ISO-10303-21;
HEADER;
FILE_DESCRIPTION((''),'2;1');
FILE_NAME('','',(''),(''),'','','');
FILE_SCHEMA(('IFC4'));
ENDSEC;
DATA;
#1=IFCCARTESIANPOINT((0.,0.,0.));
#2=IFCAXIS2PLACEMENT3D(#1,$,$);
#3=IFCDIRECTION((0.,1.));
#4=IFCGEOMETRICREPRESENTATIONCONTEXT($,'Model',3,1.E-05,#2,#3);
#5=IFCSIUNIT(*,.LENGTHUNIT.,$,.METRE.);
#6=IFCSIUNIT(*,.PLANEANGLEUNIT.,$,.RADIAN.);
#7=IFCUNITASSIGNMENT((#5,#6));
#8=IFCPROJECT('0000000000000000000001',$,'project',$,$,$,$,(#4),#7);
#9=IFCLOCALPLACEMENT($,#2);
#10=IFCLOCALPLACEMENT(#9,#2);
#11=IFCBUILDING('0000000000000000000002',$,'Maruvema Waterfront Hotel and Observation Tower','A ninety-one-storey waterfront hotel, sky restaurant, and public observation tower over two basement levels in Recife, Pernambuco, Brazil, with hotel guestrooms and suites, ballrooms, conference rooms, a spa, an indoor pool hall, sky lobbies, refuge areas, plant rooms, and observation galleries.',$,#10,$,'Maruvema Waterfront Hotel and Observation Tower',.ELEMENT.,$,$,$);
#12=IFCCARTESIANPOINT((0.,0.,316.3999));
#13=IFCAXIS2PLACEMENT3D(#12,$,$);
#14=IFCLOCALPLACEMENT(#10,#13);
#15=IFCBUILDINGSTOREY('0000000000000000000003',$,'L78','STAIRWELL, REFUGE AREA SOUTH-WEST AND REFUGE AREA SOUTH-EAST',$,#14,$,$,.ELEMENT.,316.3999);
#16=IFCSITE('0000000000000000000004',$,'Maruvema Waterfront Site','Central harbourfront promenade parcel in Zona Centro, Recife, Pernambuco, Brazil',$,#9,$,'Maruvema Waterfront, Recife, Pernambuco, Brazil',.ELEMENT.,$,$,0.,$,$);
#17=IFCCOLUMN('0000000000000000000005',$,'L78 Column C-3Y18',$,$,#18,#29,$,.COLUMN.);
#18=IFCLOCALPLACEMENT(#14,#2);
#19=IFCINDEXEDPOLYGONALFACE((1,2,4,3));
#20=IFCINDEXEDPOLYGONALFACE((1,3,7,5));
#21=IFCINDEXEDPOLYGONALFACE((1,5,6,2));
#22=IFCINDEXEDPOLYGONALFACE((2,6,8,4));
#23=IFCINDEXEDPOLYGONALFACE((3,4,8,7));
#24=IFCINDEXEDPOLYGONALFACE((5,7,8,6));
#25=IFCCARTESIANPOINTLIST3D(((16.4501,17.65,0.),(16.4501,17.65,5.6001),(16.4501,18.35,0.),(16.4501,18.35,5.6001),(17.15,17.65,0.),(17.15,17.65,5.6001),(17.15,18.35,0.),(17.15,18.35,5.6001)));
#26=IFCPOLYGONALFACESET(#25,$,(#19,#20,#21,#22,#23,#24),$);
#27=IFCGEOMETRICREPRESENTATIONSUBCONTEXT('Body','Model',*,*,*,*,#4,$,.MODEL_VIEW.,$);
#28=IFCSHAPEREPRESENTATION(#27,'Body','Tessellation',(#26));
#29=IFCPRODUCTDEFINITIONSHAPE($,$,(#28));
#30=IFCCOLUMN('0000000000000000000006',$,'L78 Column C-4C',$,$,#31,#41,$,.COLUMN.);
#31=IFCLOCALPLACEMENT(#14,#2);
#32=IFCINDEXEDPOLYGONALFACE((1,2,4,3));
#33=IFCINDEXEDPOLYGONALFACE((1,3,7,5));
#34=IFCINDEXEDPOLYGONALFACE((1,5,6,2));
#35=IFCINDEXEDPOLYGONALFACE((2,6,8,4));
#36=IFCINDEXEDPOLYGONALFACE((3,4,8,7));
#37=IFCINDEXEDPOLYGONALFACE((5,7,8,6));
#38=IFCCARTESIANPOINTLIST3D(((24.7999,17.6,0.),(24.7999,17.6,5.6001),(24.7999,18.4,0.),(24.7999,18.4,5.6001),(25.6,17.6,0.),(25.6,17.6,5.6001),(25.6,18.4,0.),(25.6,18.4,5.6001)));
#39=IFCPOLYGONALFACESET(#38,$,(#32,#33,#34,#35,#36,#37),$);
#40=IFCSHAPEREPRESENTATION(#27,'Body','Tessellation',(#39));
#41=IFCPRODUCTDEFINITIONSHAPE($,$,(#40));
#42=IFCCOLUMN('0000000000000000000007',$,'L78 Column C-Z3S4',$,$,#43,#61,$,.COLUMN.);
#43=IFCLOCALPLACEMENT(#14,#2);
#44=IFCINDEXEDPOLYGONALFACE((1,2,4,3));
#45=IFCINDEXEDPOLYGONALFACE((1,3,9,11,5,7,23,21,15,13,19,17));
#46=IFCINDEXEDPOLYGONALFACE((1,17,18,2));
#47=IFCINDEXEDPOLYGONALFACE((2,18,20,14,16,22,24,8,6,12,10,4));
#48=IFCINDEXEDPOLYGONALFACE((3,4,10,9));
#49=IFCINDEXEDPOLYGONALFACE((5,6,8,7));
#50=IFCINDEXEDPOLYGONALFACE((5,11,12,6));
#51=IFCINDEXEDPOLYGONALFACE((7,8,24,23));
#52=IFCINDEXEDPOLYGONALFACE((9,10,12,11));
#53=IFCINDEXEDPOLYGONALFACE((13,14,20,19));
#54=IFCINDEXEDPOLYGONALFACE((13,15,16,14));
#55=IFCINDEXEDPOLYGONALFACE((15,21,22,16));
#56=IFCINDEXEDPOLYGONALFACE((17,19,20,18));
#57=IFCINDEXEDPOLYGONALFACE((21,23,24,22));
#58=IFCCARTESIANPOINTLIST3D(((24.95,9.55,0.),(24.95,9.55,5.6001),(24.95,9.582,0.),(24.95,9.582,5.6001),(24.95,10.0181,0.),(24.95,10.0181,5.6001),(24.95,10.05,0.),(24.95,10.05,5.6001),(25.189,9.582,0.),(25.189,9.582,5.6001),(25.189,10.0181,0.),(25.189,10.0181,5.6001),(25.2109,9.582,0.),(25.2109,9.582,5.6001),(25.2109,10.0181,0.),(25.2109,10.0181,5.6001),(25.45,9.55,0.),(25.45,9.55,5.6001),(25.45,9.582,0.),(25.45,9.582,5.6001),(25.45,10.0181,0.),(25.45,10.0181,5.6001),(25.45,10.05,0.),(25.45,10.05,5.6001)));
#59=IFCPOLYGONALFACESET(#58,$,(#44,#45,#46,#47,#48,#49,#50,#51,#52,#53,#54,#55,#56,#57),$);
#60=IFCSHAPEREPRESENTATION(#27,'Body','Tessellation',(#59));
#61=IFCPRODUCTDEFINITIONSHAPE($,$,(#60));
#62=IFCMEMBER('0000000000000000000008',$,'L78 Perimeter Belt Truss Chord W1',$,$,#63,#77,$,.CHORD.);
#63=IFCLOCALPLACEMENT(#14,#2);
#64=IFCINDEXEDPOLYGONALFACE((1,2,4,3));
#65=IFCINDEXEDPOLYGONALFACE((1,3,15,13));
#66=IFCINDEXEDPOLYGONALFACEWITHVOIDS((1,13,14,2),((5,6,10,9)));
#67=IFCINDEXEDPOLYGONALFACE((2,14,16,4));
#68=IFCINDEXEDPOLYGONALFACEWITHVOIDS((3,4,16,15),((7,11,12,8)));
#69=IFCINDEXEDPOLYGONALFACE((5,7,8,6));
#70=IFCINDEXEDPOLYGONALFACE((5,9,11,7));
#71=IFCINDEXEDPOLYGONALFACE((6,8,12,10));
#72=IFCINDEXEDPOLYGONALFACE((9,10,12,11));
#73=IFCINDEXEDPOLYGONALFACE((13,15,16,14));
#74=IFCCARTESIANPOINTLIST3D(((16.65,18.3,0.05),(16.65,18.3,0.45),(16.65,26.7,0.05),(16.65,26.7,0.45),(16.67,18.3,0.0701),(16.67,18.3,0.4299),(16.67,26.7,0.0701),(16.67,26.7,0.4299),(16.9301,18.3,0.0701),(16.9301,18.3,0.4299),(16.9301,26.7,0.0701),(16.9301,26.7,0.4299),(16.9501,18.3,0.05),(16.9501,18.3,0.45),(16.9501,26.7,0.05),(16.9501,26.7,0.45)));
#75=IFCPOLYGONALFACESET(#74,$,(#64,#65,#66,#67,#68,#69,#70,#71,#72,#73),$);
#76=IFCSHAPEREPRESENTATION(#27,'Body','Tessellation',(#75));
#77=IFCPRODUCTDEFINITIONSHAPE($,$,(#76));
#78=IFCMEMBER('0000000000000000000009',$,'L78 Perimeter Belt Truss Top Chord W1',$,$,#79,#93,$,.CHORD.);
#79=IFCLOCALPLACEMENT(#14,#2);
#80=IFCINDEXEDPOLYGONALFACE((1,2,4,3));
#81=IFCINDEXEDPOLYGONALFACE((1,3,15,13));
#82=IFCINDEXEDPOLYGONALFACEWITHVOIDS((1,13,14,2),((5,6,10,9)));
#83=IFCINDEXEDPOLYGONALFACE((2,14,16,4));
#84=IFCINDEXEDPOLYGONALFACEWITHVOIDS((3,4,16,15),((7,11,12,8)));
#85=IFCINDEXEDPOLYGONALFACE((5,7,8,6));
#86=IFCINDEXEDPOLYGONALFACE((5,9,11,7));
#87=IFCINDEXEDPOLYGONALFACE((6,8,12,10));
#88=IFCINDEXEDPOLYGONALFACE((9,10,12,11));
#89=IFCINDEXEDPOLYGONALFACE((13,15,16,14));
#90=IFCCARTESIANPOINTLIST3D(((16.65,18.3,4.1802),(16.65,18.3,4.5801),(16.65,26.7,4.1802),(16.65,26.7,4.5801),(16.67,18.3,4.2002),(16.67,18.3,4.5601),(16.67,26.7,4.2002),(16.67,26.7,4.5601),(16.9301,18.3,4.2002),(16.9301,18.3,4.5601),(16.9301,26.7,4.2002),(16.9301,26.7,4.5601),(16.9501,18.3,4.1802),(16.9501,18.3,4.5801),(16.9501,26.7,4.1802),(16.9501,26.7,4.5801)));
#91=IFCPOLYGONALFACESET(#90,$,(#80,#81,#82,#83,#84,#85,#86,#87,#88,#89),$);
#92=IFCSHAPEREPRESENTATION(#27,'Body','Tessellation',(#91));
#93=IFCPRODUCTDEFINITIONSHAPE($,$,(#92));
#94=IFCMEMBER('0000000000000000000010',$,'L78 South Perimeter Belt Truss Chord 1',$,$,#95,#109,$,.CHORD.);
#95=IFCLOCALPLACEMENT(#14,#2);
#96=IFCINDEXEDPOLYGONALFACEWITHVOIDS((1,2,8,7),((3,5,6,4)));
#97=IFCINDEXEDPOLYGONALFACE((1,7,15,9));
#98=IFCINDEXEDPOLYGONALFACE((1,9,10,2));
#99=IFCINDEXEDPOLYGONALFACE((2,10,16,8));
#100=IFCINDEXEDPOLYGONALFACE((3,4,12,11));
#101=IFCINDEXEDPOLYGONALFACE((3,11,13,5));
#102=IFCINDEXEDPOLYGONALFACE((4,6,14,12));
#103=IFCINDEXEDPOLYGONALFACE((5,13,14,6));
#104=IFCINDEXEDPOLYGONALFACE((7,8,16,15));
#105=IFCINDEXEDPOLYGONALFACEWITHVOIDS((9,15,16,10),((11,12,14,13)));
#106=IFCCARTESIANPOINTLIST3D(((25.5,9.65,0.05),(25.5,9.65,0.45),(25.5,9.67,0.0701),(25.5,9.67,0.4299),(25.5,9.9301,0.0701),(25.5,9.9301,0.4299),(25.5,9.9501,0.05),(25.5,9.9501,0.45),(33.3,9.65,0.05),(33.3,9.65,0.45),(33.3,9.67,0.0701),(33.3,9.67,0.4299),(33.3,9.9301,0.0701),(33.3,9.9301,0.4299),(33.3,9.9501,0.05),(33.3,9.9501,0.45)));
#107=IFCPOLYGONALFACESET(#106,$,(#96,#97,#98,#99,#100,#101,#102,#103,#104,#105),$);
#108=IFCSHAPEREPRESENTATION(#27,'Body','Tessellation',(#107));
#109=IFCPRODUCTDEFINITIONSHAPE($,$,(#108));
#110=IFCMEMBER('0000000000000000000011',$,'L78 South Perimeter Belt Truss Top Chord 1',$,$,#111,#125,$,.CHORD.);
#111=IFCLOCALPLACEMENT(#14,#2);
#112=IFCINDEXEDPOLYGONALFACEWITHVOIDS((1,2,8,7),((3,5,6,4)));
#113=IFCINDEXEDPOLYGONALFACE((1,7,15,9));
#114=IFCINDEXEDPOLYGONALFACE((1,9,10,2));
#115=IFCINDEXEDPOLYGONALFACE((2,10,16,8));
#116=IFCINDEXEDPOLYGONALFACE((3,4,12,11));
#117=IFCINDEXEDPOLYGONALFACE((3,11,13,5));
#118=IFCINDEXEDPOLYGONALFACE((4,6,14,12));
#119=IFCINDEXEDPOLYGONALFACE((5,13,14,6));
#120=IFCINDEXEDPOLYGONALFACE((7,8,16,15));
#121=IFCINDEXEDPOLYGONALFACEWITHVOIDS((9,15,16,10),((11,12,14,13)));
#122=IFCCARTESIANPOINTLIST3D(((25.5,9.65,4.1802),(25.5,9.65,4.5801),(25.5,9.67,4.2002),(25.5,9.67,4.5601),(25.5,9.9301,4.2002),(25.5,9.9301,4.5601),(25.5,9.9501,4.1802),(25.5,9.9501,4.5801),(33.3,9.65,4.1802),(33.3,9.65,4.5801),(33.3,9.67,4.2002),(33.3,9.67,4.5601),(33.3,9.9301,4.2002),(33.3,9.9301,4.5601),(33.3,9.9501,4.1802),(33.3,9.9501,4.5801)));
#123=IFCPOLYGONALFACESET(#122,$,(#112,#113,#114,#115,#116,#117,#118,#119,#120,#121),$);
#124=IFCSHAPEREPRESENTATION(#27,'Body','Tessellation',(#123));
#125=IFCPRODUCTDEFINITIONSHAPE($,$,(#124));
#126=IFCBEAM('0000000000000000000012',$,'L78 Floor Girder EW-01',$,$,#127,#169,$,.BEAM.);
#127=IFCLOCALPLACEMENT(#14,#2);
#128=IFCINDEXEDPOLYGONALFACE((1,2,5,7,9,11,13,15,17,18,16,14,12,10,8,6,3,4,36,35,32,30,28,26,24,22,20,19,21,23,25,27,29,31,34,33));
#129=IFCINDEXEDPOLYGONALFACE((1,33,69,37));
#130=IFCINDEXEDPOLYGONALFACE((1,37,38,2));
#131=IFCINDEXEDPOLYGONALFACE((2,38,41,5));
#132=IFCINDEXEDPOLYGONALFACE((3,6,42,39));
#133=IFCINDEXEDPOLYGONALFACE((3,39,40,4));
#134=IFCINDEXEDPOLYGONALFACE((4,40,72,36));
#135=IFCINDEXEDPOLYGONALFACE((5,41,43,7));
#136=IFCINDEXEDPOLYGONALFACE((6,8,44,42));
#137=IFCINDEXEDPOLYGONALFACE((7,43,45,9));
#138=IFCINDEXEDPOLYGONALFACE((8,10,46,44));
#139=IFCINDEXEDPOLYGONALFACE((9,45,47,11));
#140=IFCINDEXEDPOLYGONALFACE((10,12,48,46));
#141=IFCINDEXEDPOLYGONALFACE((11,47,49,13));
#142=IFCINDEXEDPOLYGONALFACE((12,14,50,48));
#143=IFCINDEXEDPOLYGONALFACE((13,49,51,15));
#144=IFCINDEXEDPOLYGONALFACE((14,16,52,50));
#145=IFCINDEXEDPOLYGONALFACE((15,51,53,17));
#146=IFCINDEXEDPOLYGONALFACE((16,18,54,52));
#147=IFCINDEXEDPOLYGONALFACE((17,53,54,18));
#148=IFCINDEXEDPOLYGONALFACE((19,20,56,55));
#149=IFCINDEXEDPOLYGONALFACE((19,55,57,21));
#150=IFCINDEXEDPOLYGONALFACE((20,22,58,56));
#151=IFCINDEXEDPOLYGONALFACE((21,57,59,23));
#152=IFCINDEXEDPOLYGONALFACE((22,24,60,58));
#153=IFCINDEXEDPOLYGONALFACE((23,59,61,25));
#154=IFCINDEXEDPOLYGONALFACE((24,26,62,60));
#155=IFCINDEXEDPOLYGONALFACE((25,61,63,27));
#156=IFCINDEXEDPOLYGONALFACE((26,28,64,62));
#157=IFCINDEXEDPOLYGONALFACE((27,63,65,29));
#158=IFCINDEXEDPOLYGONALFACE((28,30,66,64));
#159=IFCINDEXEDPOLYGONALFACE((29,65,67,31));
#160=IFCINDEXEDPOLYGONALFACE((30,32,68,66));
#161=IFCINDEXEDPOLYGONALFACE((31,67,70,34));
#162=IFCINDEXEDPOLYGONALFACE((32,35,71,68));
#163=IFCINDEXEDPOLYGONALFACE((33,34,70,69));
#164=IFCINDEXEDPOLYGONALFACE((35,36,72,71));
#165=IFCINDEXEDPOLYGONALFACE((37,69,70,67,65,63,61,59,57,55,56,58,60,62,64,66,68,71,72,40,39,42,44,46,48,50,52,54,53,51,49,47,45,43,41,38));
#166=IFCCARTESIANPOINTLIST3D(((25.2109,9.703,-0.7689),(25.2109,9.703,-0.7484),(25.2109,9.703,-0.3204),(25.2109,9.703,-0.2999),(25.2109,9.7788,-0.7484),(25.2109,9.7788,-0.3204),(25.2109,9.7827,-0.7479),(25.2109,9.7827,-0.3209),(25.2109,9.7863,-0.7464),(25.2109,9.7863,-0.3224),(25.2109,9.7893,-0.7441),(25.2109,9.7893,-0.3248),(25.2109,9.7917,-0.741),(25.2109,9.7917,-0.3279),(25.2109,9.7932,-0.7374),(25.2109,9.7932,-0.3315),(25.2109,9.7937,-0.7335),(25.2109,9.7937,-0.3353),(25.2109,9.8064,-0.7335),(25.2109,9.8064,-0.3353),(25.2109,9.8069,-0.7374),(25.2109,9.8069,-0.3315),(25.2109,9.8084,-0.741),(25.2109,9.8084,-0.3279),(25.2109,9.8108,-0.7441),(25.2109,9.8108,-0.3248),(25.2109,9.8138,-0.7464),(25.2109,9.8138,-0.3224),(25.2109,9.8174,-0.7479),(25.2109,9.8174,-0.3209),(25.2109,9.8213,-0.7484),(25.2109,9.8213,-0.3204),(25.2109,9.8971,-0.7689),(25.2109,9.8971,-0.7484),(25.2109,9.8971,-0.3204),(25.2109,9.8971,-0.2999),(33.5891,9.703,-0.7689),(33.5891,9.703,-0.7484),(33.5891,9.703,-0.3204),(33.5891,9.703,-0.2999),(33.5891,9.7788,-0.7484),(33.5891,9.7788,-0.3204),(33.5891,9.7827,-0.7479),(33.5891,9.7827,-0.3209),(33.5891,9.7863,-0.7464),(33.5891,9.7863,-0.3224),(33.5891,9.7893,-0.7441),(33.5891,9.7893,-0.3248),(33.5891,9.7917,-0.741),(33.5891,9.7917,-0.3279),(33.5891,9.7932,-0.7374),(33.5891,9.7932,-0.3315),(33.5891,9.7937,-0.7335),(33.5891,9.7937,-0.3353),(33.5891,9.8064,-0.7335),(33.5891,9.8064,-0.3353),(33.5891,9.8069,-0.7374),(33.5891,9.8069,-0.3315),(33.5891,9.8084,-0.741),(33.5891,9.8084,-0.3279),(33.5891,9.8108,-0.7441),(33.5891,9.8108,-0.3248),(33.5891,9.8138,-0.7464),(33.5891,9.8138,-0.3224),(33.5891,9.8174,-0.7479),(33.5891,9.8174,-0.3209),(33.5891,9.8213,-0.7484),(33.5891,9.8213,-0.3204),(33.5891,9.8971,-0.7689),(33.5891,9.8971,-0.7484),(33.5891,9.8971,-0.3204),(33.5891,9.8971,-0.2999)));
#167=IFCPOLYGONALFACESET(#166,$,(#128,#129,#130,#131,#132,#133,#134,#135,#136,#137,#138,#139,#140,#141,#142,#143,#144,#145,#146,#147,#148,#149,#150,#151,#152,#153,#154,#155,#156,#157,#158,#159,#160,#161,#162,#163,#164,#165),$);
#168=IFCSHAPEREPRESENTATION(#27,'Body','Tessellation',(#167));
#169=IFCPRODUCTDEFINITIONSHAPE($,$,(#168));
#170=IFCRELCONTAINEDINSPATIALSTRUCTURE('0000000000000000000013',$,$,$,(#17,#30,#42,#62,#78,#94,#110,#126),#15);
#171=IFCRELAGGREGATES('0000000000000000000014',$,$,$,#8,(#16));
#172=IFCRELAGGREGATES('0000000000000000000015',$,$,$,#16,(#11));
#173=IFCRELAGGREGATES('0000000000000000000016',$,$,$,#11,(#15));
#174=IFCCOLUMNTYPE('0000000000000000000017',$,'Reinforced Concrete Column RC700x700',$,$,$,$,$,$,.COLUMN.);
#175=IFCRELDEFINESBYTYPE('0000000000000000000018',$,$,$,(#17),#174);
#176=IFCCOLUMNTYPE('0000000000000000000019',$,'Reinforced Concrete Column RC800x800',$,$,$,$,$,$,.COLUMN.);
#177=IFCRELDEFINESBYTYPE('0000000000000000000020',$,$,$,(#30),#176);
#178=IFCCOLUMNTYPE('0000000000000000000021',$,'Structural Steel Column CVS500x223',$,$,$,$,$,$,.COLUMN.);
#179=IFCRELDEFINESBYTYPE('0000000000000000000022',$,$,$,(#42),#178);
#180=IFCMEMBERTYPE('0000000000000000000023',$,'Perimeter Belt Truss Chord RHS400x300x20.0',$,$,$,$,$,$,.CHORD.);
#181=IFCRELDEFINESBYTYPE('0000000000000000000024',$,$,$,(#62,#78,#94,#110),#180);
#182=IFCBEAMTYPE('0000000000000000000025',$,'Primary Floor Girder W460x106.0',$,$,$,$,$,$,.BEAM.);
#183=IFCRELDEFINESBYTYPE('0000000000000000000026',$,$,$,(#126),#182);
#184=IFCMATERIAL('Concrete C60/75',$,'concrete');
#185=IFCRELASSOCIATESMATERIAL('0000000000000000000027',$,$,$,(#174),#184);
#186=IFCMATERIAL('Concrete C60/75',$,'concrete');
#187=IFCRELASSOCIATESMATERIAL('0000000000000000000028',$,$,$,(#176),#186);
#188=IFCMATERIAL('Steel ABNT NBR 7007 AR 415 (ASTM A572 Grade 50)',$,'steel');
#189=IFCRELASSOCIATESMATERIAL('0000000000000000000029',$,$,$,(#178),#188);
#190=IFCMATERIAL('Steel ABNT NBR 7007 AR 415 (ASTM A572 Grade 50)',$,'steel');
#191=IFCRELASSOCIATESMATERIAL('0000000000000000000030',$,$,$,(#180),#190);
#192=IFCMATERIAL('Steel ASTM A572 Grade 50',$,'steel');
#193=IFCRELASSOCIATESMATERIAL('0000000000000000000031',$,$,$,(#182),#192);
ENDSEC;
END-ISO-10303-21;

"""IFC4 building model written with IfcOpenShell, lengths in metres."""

from ifc_helpers import new_model, si_unit, direction, frame, origin, origin_2d, place, context, subcontext, project, spatial, rectangle, hollow_rectangle, i_section, extrude, material, material_profile, profile_set, type_object, element, save


model = new_model("IFC4")

# Units and contexts
model_context = context("Model", 3, precision=1e-05, world=origin(), true_north=direction((0.0, 1.0)))
body_context = subcontext(model_context, "Body", "Model", "MODEL_VIEW")
ifc_project = project(units=[si_unit("LENGTHUNIT", "METRE"), si_unit("PLANEANGLEUNIT", "RADIAN")], contexts=[model_context])

# Site, building, storey
site_placement = place(None, origin())
site = spatial("IfcSite", under=ifc_project, at=site_placement, Name="Maruvema Waterfront Site", Description="Central harbourfront promenade parcel in Zona Centro, Recife, Pernambuco, Brazil", LongName="Maruvema Waterfront, Recife, Pernambuco, Brazil", CompositionType="ELEMENT", RefElevation=0.0)
building_placement = place(site_placement, origin())
building = spatial("IfcBuilding", under=site, at=building_placement, Name="Maruvema Waterfront Hotel and Observation Tower", Description="A ninety-one-storey waterfront hotel, sky restaurant, and public observation tower over two basement levels in Recife, Pernambuco, Brazil, with hotel guestrooms and suites, ballrooms, conference rooms, a spa, an indoor pool hall, sky lobbies, refuge areas, plant rooms, and observation galleries.", LongName="Maruvema Waterfront Hotel and Observation Tower", CompositionType="ELEMENT")
storey_placement = place(building_placement, frame((0.0, 0.0, 316.3999)))
storey = spatial("IfcBuildingStorey", under=building, at=storey_placement, Name="L78", Description="STAIRWELL, REFUGE AREA SOUTH-WEST AND REFUGE AREA SOUTH-EAST", CompositionType="ELEMENT", Elevation=316.3999)

# Columns
ifc_material_1 = material(Name="Concrete C60/75", Category="concrete")
ifc_material_profile_1 = material_profile(ifc_material_1, rectangle(XDim=0.7, YDim=0.7, at=origin_2d()), Name="RC700x700")
ifc_profile_set_1 = profile_set([ifc_material_profile_1], Name="Concrete C60/75")
column_type_1 = type_object("IfcColumnType", Name="Reinforced Concrete Column RC700x700", PredefinedType="COLUMN", material=ifc_profile_set_1)
column_1_placement = place(storey_placement, frame((16.8, 18.0, 0.0), z_axis=(0.0, 0.0, 1.0), x_axis=(1.0, 0.0, 0.0)))
element("IfcColumn", 1, at=column_1_placement, inside=storey, type_object=column_type_1, Name="L78 Column C-3Y18", PredefinedType="COLUMN", context=body_context, shape_type="SweptSolid", body=[
    extrude(rectangle(XDim=0.7, YDim=0.7, at=origin_2d()), origin(), (0.0, 0.0, 1.0), 5.6001),
])
ifc_material_2 = material(Name="Concrete C60/75", Category="concrete")
ifc_material_profile_2 = material_profile(ifc_material_2, rectangle(XDim=0.8, YDim=0.8, at=origin_2d()), Name="RC800x800")
ifc_profile_set_2 = profile_set([ifc_material_profile_2], Name="Concrete C60/75")
column_type_2 = type_object("IfcColumnType", Name="Reinforced Concrete Column RC800x800", PredefinedType="COLUMN", material=ifc_profile_set_2)
column_2_placement = place(storey_placement, frame((25.2, 18.0, 0.0), z_axis=(0.0, 0.0, 1.0), x_axis=(1.0, 0.0, 0.0)))
element("IfcColumn", 2, at=column_2_placement, inside=storey, type_object=column_type_2, Name="L78 Column C-4C", PredefinedType="COLUMN", context=body_context, shape_type="SweptSolid", body=[
    extrude(rectangle(XDim=0.8, YDim=0.8, at=origin_2d()), origin(), (0.0, 0.0, 1.0), 5.6001),
])
ifc_material_3 = material(Name="Steel ABNT NBR 7007 AR 415 (ASTM A572 Grade 50)", Category="steel")
ifc_material_profile_3 = material_profile(ifc_material_3, i_section(OverallWidth=0.5, OverallDepth=0.5, WebThickness=0.022, FlangeThickness=0.032, at=origin_2d()), Name="CVS500x223")
ifc_profile_set_3 = profile_set([ifc_material_profile_3], Name="Steel ABNT NBR 7007 AR 415 (ASTM A572 Grade 50)")
column_type_3 = type_object("IfcColumnType", Name="Structural Steel Column CVS500x223", PredefinedType="COLUMN", material=ifc_profile_set_3)
column_3_placement = place(storey_placement, frame((25.2, 9.8, 0.0), z_axis=(0.0, 0.0, 1.0), x_axis=(1.0, 0.0, 0.0)))
element("IfcColumn", 3, at=column_3_placement, inside=storey, type_object=column_type_3, Name="L78 Column C-Z3S4", PredefinedType="COLUMN", context=body_context, shape_type="SweptSolid", body=[
    extrude(i_section(OverallWidth=0.5, OverallDepth=0.5, WebThickness=0.022, FlangeThickness=0.032, at=origin_2d()), origin(), (0.0, 0.0, 1.0), 5.6001),
])

# Members
ifc_material_4 = material(Name="Steel ABNT NBR 7007 AR 415 (ASTM A572 Grade 50)", Category="steel")
ifc_material_profile_4 = material_profile(ifc_material_4, hollow_rectangle(XDim=0.3, YDim=0.3999, WallThickness=0.02, at=origin_2d()), Name="RHS400x300x20.0")
ifc_profile_set_4 = profile_set([ifc_material_profile_4], Name="Steel ABNT NBR 7007 AR 415 (ASTM A572 Grade 50)")
member_type = type_object("IfcMemberType", Name="Perimeter Belt Truss Chord RHS400x300x20.0", PredefinedType="CHORD", material=ifc_profile_set_4)
for number, where, z_axis, x_axis, name in (
    (4, (16.8, 18.3, 0.25), (0.0, 1.0, 0.0), (-1.0, 0.0, 0.0), "L78 Perimeter Belt Truss Chord W1"),
    (5, (16.8, 18.3, 4.3801), (0.0, 1.0, 0.0), (-1.0, 0.0, 0.0), "L78 Perimeter Belt Truss Top Chord W1"),
):
    element("IfcMember", number, at=place(storey_placement, frame(where, z_axis=z_axis, x_axis=x_axis)), inside=storey, type_object=member_type, Name=name, PredefinedType="CHORD", context=body_context, shape_type="SweptSolid", body=[
        extrude(hollow_rectangle(XDim=0.3, YDim=0.3999, WallThickness=0.02, at=origin_2d()), origin(), (0.0, 0.0, 1.0), 8.3999),
    ])
for number, where, z_axis, x_axis, name in (
    (6, (25.5, 9.8, 0.25), (1.0, 0.0, 0.0), (0.0, 1.0, 0.0), "L78 South Perimeter Belt Truss Chord 1"),
    (7, (25.5, 9.8, 4.3801), (1.0, 0.0, 0.0), (0.0, 1.0, 0.0), "L78 South Perimeter Belt Truss Top Chord 1"),
):
    element("IfcMember", number, at=place(storey_placement, frame(where, z_axis=z_axis, x_axis=x_axis)), inside=storey, type_object=member_type, Name=name, PredefinedType="CHORD", context=body_context, shape_type="SweptSolid", body=[
        extrude(hollow_rectangle(XDim=0.3, YDim=0.3999, WallThickness=0.02, at=origin_2d()), origin(), (0.0, 0.0, 1.0), 7.8),
    ])

# Beam
ifc_material_5 = material(Name="Steel ASTM A572 Grade 50", Category="steel")
ifc_material_profile_5 = material_profile(ifc_material_5, i_section(OverallWidth=0.1941, OverallDepth=0.469, WebThickness=0.0127, FlangeThickness=0.0205, FilletRadius=0.0149, at=origin_2d()), Name="W460x106.0")
ifc_profile_set_5 = profile_set([ifc_material_profile_5], Name="Steel ASTM A572 Grade 50")
beam_type_1 = type_object("IfcBeamType", Name="Primary Floor Girder W460x106.0", PredefinedType="BEAM", material=ifc_profile_set_5)
beam_1_placement = place(storey_placement, frame((25.2109, 9.8, -0.5344), z_axis=(1.0, 0.0, 0.0), x_axis=(0.0, 1.0, 0.0)))
element("IfcBeam", 8, at=beam_1_placement, inside=storey, type_object=beam_type_1, Name="L78 Floor Girder EW-01", PredefinedType="BEAM", context=body_context, shape_type="SweptSolid", body=[
    extrude(i_section(OverallWidth=0.1941, OverallDepth=0.469, WebThickness=0.0127, FlangeThickness=0.0205, FilletRadius=0.0149, at=origin_2d()), origin(), (0.0, 0.0, 1.0), 8.3782),
])

save(model, "model.ifc")
